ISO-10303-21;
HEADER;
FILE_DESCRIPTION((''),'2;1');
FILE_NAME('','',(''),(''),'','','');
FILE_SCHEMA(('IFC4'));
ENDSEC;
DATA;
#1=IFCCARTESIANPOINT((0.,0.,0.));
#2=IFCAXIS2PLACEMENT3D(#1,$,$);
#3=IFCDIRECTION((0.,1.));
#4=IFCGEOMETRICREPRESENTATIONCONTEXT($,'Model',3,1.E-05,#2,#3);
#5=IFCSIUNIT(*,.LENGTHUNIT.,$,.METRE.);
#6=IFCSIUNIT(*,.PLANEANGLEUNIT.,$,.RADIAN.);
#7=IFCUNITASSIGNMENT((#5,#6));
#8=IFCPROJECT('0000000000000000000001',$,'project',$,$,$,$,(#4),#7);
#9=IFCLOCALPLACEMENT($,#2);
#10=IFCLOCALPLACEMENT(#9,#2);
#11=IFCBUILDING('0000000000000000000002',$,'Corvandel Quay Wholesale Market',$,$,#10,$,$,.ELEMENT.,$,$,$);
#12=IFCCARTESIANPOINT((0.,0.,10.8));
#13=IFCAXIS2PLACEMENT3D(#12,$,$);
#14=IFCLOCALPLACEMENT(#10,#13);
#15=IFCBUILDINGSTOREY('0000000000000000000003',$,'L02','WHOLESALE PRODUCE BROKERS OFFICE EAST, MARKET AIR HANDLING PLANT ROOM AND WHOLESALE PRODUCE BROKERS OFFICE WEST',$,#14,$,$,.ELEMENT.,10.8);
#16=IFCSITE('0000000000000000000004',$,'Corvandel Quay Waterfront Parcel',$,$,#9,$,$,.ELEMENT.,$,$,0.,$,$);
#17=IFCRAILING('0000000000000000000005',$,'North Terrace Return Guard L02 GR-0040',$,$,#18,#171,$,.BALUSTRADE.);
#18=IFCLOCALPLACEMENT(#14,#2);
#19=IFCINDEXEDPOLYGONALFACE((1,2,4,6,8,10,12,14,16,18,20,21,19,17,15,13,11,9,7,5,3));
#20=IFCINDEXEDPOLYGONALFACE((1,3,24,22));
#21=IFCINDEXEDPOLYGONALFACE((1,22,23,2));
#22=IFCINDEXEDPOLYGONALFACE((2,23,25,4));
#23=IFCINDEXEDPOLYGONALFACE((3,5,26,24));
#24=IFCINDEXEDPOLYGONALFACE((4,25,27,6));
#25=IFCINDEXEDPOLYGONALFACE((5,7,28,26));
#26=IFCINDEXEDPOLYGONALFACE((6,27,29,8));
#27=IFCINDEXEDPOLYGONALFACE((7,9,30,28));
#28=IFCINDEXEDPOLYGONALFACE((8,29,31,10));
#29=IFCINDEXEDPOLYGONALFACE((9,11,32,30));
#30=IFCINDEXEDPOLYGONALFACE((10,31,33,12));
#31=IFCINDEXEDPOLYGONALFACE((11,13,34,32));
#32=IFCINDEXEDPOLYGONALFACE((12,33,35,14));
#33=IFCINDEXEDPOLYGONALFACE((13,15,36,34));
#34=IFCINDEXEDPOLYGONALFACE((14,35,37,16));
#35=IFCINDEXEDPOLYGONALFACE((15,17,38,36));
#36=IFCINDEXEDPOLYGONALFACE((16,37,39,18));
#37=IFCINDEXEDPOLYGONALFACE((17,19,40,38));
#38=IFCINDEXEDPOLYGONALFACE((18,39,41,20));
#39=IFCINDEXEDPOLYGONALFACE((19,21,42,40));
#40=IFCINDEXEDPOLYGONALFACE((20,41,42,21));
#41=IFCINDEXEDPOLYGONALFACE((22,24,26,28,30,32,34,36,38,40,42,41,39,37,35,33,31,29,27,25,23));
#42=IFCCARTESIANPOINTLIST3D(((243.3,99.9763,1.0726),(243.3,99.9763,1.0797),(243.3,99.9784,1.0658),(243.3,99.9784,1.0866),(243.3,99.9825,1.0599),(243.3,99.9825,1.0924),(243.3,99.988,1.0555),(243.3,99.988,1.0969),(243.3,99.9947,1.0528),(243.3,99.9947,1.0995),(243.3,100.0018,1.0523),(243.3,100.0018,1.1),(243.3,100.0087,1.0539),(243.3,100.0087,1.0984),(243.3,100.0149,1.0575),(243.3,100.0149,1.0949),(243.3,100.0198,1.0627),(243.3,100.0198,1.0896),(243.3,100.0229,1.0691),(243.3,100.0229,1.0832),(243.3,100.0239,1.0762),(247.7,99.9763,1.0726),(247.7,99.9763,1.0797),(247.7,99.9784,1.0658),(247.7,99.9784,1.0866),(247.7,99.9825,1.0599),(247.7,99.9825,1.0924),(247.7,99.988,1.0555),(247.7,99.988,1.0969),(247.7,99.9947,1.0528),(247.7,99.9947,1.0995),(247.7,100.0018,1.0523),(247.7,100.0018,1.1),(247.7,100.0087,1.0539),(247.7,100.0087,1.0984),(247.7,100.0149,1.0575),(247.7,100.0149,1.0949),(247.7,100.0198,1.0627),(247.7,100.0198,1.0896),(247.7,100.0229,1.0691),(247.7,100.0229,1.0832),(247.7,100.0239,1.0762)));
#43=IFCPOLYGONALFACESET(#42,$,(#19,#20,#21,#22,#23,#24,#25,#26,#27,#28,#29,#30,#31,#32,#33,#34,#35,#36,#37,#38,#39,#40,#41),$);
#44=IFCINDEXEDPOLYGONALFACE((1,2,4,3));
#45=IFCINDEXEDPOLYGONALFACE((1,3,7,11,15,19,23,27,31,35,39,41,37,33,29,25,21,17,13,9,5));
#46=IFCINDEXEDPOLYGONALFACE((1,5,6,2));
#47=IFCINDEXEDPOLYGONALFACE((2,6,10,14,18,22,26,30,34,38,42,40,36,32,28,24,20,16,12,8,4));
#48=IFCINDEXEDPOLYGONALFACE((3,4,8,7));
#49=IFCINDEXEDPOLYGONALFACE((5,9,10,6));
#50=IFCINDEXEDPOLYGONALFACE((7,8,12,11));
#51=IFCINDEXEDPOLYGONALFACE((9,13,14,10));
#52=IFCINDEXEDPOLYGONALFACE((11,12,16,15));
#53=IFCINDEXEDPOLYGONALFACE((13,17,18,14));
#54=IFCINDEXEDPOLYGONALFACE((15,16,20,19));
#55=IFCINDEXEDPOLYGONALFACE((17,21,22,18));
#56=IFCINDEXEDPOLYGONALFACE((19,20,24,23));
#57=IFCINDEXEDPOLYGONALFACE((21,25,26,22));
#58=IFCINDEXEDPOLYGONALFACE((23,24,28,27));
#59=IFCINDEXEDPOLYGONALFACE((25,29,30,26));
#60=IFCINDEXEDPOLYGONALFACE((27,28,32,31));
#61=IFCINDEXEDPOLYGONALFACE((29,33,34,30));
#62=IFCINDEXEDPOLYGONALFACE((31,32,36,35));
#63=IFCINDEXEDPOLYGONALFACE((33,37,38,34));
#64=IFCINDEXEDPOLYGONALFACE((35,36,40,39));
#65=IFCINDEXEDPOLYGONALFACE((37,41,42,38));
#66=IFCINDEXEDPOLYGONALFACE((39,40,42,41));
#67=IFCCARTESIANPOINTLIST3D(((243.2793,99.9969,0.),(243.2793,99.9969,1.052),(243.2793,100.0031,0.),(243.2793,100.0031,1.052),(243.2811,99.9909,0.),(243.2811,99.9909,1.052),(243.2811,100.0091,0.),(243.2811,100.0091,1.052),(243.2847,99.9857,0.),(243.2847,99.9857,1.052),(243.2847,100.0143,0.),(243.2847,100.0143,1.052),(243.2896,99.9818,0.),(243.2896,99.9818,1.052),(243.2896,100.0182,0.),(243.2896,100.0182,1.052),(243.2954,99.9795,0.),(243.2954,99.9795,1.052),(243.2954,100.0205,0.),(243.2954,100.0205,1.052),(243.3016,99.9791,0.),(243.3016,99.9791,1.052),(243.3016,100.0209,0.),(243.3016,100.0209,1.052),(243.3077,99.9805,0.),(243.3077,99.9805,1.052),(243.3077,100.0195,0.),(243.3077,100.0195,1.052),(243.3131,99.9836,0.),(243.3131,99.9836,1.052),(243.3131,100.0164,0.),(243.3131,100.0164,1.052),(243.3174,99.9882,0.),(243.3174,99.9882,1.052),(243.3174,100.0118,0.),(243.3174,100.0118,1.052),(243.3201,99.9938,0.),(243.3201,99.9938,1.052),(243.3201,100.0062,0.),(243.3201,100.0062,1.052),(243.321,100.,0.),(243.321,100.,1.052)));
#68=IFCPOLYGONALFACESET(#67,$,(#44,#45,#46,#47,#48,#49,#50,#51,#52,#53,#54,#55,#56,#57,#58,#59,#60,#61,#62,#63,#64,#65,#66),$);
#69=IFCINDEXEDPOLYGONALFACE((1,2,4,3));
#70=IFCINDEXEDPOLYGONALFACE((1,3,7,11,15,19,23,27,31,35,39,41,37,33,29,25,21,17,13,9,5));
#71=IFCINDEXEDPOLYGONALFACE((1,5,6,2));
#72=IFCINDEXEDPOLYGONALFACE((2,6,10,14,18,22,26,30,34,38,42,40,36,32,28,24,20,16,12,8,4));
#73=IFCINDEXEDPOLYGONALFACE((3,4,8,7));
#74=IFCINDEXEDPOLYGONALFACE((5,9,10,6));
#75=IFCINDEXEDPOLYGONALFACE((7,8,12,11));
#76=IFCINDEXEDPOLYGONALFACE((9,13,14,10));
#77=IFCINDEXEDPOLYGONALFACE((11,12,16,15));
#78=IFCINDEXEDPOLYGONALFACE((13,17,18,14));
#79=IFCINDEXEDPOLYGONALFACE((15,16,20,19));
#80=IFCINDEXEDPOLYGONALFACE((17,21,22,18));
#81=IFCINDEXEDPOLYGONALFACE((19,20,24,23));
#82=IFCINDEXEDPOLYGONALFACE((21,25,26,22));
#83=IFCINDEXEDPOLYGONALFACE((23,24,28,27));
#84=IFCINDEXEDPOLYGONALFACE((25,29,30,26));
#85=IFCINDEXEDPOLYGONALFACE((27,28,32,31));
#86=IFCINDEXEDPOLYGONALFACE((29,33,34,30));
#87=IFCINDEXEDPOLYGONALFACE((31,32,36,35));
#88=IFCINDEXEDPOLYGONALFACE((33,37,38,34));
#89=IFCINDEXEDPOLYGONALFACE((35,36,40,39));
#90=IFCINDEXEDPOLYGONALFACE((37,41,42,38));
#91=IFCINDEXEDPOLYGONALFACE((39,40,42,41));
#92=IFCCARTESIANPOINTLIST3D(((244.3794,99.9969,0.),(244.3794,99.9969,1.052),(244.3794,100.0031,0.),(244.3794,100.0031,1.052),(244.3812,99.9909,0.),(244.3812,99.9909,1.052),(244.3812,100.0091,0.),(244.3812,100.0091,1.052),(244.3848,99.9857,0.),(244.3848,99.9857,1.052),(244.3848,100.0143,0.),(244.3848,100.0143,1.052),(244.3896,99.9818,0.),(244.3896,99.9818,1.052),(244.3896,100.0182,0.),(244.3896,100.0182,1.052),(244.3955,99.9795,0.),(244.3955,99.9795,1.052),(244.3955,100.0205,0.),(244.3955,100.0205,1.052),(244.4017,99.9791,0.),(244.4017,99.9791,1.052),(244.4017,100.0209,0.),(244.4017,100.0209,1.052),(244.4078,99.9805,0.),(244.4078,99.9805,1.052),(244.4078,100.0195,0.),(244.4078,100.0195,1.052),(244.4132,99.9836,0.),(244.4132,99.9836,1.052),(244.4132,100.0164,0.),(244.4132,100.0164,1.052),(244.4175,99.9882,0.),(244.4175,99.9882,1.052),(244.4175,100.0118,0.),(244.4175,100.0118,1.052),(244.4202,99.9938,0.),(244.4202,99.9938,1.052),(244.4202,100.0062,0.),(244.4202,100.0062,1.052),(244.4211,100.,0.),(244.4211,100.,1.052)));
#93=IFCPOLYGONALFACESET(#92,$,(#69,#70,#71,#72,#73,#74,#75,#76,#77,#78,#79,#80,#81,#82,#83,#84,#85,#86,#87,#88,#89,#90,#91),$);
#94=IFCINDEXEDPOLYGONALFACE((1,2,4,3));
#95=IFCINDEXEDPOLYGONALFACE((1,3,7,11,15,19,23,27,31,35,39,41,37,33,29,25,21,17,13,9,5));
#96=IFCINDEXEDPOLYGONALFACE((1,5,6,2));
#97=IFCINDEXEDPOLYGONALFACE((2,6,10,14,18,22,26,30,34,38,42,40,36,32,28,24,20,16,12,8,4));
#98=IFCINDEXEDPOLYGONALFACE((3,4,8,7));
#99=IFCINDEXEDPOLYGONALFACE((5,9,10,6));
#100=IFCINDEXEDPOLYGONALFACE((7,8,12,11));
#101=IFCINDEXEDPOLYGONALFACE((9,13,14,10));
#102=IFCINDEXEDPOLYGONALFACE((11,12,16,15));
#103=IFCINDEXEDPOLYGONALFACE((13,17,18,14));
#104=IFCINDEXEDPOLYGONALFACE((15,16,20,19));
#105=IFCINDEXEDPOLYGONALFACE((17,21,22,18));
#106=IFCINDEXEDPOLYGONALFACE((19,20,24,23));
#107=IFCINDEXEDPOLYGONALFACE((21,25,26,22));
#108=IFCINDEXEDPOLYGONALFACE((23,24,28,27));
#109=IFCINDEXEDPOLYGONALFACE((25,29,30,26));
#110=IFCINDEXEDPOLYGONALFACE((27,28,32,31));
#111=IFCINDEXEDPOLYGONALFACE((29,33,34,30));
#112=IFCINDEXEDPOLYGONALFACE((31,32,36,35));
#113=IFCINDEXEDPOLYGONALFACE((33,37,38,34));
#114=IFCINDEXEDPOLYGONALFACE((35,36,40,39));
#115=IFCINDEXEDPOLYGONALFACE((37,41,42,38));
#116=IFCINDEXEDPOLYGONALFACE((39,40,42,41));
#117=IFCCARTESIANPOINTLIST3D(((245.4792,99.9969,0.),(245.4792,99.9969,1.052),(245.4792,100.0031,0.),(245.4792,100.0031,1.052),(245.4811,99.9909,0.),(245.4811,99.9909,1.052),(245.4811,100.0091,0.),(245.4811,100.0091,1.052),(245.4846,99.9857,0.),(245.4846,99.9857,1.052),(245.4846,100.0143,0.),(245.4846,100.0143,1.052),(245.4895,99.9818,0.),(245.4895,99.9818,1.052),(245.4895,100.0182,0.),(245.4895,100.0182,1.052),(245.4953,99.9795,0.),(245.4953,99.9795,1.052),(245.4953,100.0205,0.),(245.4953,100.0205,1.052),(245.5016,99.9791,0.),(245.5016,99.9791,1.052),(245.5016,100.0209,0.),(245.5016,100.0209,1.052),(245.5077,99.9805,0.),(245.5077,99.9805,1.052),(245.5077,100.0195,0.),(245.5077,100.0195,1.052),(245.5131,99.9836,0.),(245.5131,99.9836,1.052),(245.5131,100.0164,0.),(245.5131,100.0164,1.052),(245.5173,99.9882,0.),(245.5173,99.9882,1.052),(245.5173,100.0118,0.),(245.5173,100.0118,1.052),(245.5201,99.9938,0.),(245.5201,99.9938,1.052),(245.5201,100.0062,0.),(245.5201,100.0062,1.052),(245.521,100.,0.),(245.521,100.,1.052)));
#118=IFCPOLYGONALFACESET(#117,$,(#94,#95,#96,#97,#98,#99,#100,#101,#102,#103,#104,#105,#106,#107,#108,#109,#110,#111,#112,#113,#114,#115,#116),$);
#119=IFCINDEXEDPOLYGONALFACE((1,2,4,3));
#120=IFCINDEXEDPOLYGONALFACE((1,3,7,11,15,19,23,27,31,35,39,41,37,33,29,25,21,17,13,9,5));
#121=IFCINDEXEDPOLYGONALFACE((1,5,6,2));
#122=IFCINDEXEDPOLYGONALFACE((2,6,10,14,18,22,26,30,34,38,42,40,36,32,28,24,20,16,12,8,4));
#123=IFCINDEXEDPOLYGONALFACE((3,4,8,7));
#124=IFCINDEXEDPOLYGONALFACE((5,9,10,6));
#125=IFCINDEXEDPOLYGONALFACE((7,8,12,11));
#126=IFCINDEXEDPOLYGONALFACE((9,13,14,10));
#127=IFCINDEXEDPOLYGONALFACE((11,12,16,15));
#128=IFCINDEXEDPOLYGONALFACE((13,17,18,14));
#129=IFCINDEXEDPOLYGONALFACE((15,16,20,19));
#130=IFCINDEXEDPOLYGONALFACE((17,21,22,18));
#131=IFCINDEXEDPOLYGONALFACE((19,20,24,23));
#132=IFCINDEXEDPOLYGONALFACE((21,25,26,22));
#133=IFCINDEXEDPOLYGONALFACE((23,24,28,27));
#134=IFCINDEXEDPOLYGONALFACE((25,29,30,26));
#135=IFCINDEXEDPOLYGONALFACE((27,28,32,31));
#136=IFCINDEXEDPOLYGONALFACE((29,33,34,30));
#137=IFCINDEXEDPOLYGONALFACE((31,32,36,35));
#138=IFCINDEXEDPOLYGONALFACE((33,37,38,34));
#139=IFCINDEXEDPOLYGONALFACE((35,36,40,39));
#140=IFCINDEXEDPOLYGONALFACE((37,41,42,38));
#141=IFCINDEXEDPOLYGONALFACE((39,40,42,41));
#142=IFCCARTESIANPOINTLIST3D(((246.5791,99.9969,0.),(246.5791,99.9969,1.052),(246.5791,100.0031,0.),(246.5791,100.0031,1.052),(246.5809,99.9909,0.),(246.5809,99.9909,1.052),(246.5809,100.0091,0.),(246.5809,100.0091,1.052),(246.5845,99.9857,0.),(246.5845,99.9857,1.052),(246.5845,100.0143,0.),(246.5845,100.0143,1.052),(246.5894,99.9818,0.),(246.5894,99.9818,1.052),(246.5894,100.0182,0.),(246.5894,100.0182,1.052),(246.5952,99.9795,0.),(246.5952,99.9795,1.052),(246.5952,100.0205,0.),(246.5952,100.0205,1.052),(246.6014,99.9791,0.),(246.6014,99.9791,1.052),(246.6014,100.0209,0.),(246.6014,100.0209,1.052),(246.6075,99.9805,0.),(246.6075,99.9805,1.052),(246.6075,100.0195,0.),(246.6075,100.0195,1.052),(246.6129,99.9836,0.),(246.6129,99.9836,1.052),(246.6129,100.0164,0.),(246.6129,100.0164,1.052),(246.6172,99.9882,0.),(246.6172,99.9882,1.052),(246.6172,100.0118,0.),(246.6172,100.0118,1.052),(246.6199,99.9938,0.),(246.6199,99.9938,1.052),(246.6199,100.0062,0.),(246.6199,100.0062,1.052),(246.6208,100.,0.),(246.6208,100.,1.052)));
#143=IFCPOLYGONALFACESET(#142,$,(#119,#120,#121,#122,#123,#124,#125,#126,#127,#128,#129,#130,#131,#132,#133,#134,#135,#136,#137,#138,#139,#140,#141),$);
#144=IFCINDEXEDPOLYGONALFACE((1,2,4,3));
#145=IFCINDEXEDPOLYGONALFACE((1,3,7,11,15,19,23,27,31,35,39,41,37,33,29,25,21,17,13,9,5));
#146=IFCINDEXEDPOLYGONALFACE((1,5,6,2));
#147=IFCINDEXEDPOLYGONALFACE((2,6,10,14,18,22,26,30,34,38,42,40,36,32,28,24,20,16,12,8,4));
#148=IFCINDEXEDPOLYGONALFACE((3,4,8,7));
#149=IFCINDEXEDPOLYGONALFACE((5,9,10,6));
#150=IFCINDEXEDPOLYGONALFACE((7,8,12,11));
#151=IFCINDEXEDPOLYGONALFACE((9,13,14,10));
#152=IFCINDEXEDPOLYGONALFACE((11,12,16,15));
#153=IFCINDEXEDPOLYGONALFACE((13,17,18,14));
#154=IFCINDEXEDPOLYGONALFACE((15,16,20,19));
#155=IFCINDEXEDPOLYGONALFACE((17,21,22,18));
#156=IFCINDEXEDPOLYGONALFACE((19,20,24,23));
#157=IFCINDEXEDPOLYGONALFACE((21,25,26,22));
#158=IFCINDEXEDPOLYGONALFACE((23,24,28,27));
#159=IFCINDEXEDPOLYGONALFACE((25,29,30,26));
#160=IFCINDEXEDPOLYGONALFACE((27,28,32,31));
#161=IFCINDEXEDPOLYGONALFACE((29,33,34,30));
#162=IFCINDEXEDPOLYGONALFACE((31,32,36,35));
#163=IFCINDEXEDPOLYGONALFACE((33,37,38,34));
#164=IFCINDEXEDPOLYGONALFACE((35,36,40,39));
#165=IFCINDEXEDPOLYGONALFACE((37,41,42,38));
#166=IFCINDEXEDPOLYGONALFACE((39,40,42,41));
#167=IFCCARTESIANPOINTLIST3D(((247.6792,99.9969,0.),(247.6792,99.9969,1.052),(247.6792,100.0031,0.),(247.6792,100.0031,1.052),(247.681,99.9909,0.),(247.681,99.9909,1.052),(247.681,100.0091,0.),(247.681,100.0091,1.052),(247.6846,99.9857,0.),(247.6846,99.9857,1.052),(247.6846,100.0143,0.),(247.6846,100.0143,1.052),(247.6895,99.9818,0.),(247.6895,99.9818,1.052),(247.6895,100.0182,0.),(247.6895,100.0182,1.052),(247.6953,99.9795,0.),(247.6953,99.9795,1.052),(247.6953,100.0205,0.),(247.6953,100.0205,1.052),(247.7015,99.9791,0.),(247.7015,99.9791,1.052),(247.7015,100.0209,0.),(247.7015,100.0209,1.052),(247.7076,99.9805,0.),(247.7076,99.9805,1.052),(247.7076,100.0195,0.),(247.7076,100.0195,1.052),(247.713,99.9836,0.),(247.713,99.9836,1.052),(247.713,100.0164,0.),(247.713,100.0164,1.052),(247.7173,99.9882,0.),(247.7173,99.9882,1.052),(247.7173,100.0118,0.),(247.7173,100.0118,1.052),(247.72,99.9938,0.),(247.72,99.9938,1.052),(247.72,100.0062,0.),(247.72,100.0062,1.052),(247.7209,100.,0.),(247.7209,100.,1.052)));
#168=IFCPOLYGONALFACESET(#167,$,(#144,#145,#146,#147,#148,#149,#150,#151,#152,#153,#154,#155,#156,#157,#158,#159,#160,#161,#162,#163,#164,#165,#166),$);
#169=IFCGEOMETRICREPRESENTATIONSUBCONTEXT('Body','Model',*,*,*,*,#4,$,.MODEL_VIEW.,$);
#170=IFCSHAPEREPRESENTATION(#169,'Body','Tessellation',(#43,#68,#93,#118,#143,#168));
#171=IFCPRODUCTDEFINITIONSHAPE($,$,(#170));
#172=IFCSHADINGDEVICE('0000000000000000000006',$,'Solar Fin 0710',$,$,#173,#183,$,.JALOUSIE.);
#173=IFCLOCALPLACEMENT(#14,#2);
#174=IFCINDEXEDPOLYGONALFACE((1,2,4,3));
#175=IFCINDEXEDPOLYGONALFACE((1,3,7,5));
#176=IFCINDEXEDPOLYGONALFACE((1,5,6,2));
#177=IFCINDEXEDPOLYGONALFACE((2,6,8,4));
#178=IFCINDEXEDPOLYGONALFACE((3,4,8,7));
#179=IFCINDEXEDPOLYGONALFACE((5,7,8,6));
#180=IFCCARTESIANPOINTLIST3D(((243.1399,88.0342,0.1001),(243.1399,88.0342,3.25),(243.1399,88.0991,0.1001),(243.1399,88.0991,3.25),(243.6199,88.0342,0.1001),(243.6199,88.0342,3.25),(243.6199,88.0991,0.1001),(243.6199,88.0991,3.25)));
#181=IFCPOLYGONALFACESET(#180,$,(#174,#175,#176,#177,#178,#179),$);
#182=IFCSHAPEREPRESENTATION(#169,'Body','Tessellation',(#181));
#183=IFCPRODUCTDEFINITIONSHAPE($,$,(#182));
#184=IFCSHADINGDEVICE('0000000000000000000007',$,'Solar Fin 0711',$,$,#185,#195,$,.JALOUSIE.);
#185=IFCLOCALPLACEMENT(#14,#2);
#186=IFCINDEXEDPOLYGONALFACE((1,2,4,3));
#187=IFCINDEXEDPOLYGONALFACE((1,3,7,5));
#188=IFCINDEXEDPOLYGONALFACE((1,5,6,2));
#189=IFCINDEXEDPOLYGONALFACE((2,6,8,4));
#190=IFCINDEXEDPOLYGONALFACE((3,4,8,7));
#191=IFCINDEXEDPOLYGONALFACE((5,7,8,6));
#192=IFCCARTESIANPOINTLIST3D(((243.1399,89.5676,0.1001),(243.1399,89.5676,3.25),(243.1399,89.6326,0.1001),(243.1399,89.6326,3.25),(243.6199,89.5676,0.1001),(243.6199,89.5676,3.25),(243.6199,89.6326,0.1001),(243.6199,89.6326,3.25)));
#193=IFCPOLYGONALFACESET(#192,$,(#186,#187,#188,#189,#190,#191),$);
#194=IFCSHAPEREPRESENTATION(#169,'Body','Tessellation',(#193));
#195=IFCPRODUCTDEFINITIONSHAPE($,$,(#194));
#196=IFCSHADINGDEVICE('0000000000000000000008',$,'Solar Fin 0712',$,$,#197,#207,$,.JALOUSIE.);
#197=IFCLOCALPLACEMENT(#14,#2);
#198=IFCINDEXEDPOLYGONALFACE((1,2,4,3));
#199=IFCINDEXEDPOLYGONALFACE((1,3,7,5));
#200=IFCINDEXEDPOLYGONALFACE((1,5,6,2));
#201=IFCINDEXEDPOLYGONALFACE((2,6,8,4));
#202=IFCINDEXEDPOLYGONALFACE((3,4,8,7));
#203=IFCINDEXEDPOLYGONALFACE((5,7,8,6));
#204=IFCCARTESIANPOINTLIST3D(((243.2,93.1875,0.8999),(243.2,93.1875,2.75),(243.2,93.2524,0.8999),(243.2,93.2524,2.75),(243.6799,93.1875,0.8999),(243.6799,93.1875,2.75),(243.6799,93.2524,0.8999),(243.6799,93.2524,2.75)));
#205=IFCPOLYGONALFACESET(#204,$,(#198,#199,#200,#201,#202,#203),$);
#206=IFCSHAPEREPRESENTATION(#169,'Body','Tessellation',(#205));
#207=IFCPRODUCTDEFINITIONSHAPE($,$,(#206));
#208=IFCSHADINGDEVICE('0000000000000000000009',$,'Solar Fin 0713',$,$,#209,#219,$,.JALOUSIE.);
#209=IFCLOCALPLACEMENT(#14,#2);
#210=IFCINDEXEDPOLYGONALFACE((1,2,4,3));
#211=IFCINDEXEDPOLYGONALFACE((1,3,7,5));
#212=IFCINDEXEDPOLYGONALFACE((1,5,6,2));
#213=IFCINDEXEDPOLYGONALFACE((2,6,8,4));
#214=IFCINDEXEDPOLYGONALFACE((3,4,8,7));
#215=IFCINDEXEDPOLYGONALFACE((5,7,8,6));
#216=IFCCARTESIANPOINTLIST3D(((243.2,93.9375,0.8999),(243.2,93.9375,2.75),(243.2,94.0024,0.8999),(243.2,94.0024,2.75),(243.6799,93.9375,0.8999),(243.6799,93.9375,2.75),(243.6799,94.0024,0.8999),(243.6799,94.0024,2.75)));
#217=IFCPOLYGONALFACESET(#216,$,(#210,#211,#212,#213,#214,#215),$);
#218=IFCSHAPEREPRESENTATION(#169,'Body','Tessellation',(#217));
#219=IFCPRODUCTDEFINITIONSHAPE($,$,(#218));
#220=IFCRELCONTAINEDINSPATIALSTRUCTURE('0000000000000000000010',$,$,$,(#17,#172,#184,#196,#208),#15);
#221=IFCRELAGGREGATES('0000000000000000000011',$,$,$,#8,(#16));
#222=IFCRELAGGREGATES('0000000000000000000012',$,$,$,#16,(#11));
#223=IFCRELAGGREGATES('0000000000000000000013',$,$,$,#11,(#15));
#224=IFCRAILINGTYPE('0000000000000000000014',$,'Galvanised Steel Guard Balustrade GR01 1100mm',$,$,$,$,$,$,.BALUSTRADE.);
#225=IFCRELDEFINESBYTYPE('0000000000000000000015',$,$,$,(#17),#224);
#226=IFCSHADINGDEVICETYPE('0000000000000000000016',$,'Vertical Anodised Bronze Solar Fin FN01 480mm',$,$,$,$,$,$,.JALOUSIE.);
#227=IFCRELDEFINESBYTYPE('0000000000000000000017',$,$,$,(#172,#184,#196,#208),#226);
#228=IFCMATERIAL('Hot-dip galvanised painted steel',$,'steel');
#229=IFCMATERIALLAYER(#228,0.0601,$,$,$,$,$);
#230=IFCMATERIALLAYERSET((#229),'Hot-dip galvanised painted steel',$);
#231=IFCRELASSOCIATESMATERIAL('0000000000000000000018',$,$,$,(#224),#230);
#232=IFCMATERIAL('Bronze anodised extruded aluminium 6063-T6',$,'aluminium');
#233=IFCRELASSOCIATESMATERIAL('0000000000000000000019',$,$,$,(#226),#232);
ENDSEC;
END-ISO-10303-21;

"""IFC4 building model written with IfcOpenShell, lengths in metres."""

from ifc_helpers import new_model, si_unit, direction, frame, origin, origin_2d, place, context, subcontext, project, spatial, rectangle, circle, extrude, material, layer, layer_set, type_object, element, save


model = new_model("IFC4")

# Units and contexts
model_context = context("Model", 3, precision=1e-05, world=origin(), true_north=direction((0.0, 1.0)))
body_context = subcontext(model_context, "Body", "Model", "MODEL_VIEW")
ifc_project = project(units=[si_unit("LENGTHUNIT", "METRE"), si_unit("PLANEANGLEUNIT", "RADIAN")], contexts=[model_context])

# Site, building, storey
site_placement = place(None, origin())
site = spatial("IfcSite", under=ifc_project, at=site_placement, Name="Corvandel Quay Waterfront Parcel", CompositionType="ELEMENT", RefElevation=0.0)
building_placement = place(site_placement, origin())
building = spatial("IfcBuilding", under=site, at=building_placement, Name="Corvandel Quay Wholesale Market", CompositionType="ELEMENT")
storey_placement = place(building_placement, frame((0.0, 0.0, 10.8)))
storey = spatial("IfcBuildingStorey", under=building, at=storey_placement, Name="L02", Description="WHOLESALE PRODUCE BROKERS OFFICE EAST, MARKET AIR HANDLING PLANT ROOM AND WHOLESALE PRODUCE BROKERS OFFICE WEST", CompositionType="ELEMENT", Elevation=10.8)

# Railing
ifc_material_1 = material(Name="Hot-dip galvanised painted steel", Category="steel")
ifc_layer_1 = layer(ifc_material_1, 0.0601)
ifc_layer_set_1 = layer_set([ifc_layer_1], Name="Hot-dip galvanised painted steel")
railing_type = type_object("IfcRailingType", Name="Galvanised Steel Guard Balustrade GR01 1100mm", PredefinedType="BALUSTRADE", material=ifc_layer_set_1)
railing_1_placement = place(storey_placement, frame((243.3, 100.0, 0.0)))
element("IfcRailing", 1, at=railing_1_placement, inside=storey, type_object=railing_type, Name="North Terrace Return Guard L02 GR-0040", PredefinedType="BALUSTRADE", context=body_context, shape_type="SweptSolid", body=[
    extrude(circle(Radius=0.0239, at=origin_2d()), frame((0.0, 0.0, 1.0762), z_axis=(1.0, 0.0, 0.0), x_axis=(0.0, 1.0, 0.0)), (0.0, 0.0, 1.0), 4.3999),
    extrude(circle(Radius=0.021, at=origin_2d()), origin(), (0.0, 0.0, 1.0), 1.052),
    extrude(circle(Radius=0.021, at=origin_2d()), frame((1.1001, 0.0, 0.0)), (0.0, 0.0, 1.0), 1.052),
    extrude(circle(Radius=0.021, at=origin_2d()), frame((2.2, 0.0, 0.0)), (0.0, 0.0, 1.0), 1.052),
    extrude(circle(Radius=0.021, at=origin_2d()), frame((3.2998, 0.0, 0.0)), (0.0, 0.0, 1.0), 1.052),
    extrude(circle(Radius=0.021, at=origin_2d()), frame((4.3999, 0.0, 0.0)), (0.0, 0.0, 1.0), 1.052),
])

# Shading devices
ifc_material_2 = material(Name="Bronze anodised extruded aluminium 6063-T6", Category="aluminium")
shading_device_type = type_object("IfcShadingDeviceType", Name="Vertical Anodised Bronze Solar Fin FN01 480mm", PredefinedType="JALOUSIE", material=ifc_material_2)
for number, where, z_axis, x_axis, name in (
    (2, (243.3799, 88.0667, 0.1001), (0.0, 0.0, 1.0), (1.0, 0.0, 0.0), "Solar Fin 0710"),
    (3, (243.3799, 89.6001, 0.1001), (0.0, 0.0, 1.0), (1.0, 0.0, 0.0), "Solar Fin 0711"),
):
    element("IfcShadingDevice", number, at=place(storey_placement, frame(where, z_axis=z_axis, x_axis=x_axis)), inside=storey, type_object=shading_device_type, Name=name, PredefinedType="JALOUSIE", context=body_context, shape_type="SweptSolid", body=[
        extrude(rectangle(XDim=0.48, YDim=0.0649, at=origin_2d()), origin(), (0.0, 0.0, 1.0), 3.1499),
    ])
for number, where, z_axis, x_axis, name in (
    (4, (243.4399, 93.22, 0.8999), (0.0, 0.0, 1.0), (1.0, 0.0, 0.0), "Solar Fin 0712"),
    (5, (243.4399, 93.97, 0.8999), (0.0, 0.0, 1.0), (1.0, 0.0, 0.0), "Solar Fin 0713"),
):
    element("IfcShadingDevice", number, at=place(storey_placement, frame(where, z_axis=z_axis, x_axis=x_axis)), inside=storey, type_object=shading_device_type, Name=name, PredefinedType="JALOUSIE", context=body_context, shape_type="SweptSolid", body=[
        extrude(rectangle(XDim=0.48, YDim=0.0649, at=origin_2d()), origin(), (0.0, 0.0, 1.0), 1.8501),
    ])

save(model, "model.ifc")
